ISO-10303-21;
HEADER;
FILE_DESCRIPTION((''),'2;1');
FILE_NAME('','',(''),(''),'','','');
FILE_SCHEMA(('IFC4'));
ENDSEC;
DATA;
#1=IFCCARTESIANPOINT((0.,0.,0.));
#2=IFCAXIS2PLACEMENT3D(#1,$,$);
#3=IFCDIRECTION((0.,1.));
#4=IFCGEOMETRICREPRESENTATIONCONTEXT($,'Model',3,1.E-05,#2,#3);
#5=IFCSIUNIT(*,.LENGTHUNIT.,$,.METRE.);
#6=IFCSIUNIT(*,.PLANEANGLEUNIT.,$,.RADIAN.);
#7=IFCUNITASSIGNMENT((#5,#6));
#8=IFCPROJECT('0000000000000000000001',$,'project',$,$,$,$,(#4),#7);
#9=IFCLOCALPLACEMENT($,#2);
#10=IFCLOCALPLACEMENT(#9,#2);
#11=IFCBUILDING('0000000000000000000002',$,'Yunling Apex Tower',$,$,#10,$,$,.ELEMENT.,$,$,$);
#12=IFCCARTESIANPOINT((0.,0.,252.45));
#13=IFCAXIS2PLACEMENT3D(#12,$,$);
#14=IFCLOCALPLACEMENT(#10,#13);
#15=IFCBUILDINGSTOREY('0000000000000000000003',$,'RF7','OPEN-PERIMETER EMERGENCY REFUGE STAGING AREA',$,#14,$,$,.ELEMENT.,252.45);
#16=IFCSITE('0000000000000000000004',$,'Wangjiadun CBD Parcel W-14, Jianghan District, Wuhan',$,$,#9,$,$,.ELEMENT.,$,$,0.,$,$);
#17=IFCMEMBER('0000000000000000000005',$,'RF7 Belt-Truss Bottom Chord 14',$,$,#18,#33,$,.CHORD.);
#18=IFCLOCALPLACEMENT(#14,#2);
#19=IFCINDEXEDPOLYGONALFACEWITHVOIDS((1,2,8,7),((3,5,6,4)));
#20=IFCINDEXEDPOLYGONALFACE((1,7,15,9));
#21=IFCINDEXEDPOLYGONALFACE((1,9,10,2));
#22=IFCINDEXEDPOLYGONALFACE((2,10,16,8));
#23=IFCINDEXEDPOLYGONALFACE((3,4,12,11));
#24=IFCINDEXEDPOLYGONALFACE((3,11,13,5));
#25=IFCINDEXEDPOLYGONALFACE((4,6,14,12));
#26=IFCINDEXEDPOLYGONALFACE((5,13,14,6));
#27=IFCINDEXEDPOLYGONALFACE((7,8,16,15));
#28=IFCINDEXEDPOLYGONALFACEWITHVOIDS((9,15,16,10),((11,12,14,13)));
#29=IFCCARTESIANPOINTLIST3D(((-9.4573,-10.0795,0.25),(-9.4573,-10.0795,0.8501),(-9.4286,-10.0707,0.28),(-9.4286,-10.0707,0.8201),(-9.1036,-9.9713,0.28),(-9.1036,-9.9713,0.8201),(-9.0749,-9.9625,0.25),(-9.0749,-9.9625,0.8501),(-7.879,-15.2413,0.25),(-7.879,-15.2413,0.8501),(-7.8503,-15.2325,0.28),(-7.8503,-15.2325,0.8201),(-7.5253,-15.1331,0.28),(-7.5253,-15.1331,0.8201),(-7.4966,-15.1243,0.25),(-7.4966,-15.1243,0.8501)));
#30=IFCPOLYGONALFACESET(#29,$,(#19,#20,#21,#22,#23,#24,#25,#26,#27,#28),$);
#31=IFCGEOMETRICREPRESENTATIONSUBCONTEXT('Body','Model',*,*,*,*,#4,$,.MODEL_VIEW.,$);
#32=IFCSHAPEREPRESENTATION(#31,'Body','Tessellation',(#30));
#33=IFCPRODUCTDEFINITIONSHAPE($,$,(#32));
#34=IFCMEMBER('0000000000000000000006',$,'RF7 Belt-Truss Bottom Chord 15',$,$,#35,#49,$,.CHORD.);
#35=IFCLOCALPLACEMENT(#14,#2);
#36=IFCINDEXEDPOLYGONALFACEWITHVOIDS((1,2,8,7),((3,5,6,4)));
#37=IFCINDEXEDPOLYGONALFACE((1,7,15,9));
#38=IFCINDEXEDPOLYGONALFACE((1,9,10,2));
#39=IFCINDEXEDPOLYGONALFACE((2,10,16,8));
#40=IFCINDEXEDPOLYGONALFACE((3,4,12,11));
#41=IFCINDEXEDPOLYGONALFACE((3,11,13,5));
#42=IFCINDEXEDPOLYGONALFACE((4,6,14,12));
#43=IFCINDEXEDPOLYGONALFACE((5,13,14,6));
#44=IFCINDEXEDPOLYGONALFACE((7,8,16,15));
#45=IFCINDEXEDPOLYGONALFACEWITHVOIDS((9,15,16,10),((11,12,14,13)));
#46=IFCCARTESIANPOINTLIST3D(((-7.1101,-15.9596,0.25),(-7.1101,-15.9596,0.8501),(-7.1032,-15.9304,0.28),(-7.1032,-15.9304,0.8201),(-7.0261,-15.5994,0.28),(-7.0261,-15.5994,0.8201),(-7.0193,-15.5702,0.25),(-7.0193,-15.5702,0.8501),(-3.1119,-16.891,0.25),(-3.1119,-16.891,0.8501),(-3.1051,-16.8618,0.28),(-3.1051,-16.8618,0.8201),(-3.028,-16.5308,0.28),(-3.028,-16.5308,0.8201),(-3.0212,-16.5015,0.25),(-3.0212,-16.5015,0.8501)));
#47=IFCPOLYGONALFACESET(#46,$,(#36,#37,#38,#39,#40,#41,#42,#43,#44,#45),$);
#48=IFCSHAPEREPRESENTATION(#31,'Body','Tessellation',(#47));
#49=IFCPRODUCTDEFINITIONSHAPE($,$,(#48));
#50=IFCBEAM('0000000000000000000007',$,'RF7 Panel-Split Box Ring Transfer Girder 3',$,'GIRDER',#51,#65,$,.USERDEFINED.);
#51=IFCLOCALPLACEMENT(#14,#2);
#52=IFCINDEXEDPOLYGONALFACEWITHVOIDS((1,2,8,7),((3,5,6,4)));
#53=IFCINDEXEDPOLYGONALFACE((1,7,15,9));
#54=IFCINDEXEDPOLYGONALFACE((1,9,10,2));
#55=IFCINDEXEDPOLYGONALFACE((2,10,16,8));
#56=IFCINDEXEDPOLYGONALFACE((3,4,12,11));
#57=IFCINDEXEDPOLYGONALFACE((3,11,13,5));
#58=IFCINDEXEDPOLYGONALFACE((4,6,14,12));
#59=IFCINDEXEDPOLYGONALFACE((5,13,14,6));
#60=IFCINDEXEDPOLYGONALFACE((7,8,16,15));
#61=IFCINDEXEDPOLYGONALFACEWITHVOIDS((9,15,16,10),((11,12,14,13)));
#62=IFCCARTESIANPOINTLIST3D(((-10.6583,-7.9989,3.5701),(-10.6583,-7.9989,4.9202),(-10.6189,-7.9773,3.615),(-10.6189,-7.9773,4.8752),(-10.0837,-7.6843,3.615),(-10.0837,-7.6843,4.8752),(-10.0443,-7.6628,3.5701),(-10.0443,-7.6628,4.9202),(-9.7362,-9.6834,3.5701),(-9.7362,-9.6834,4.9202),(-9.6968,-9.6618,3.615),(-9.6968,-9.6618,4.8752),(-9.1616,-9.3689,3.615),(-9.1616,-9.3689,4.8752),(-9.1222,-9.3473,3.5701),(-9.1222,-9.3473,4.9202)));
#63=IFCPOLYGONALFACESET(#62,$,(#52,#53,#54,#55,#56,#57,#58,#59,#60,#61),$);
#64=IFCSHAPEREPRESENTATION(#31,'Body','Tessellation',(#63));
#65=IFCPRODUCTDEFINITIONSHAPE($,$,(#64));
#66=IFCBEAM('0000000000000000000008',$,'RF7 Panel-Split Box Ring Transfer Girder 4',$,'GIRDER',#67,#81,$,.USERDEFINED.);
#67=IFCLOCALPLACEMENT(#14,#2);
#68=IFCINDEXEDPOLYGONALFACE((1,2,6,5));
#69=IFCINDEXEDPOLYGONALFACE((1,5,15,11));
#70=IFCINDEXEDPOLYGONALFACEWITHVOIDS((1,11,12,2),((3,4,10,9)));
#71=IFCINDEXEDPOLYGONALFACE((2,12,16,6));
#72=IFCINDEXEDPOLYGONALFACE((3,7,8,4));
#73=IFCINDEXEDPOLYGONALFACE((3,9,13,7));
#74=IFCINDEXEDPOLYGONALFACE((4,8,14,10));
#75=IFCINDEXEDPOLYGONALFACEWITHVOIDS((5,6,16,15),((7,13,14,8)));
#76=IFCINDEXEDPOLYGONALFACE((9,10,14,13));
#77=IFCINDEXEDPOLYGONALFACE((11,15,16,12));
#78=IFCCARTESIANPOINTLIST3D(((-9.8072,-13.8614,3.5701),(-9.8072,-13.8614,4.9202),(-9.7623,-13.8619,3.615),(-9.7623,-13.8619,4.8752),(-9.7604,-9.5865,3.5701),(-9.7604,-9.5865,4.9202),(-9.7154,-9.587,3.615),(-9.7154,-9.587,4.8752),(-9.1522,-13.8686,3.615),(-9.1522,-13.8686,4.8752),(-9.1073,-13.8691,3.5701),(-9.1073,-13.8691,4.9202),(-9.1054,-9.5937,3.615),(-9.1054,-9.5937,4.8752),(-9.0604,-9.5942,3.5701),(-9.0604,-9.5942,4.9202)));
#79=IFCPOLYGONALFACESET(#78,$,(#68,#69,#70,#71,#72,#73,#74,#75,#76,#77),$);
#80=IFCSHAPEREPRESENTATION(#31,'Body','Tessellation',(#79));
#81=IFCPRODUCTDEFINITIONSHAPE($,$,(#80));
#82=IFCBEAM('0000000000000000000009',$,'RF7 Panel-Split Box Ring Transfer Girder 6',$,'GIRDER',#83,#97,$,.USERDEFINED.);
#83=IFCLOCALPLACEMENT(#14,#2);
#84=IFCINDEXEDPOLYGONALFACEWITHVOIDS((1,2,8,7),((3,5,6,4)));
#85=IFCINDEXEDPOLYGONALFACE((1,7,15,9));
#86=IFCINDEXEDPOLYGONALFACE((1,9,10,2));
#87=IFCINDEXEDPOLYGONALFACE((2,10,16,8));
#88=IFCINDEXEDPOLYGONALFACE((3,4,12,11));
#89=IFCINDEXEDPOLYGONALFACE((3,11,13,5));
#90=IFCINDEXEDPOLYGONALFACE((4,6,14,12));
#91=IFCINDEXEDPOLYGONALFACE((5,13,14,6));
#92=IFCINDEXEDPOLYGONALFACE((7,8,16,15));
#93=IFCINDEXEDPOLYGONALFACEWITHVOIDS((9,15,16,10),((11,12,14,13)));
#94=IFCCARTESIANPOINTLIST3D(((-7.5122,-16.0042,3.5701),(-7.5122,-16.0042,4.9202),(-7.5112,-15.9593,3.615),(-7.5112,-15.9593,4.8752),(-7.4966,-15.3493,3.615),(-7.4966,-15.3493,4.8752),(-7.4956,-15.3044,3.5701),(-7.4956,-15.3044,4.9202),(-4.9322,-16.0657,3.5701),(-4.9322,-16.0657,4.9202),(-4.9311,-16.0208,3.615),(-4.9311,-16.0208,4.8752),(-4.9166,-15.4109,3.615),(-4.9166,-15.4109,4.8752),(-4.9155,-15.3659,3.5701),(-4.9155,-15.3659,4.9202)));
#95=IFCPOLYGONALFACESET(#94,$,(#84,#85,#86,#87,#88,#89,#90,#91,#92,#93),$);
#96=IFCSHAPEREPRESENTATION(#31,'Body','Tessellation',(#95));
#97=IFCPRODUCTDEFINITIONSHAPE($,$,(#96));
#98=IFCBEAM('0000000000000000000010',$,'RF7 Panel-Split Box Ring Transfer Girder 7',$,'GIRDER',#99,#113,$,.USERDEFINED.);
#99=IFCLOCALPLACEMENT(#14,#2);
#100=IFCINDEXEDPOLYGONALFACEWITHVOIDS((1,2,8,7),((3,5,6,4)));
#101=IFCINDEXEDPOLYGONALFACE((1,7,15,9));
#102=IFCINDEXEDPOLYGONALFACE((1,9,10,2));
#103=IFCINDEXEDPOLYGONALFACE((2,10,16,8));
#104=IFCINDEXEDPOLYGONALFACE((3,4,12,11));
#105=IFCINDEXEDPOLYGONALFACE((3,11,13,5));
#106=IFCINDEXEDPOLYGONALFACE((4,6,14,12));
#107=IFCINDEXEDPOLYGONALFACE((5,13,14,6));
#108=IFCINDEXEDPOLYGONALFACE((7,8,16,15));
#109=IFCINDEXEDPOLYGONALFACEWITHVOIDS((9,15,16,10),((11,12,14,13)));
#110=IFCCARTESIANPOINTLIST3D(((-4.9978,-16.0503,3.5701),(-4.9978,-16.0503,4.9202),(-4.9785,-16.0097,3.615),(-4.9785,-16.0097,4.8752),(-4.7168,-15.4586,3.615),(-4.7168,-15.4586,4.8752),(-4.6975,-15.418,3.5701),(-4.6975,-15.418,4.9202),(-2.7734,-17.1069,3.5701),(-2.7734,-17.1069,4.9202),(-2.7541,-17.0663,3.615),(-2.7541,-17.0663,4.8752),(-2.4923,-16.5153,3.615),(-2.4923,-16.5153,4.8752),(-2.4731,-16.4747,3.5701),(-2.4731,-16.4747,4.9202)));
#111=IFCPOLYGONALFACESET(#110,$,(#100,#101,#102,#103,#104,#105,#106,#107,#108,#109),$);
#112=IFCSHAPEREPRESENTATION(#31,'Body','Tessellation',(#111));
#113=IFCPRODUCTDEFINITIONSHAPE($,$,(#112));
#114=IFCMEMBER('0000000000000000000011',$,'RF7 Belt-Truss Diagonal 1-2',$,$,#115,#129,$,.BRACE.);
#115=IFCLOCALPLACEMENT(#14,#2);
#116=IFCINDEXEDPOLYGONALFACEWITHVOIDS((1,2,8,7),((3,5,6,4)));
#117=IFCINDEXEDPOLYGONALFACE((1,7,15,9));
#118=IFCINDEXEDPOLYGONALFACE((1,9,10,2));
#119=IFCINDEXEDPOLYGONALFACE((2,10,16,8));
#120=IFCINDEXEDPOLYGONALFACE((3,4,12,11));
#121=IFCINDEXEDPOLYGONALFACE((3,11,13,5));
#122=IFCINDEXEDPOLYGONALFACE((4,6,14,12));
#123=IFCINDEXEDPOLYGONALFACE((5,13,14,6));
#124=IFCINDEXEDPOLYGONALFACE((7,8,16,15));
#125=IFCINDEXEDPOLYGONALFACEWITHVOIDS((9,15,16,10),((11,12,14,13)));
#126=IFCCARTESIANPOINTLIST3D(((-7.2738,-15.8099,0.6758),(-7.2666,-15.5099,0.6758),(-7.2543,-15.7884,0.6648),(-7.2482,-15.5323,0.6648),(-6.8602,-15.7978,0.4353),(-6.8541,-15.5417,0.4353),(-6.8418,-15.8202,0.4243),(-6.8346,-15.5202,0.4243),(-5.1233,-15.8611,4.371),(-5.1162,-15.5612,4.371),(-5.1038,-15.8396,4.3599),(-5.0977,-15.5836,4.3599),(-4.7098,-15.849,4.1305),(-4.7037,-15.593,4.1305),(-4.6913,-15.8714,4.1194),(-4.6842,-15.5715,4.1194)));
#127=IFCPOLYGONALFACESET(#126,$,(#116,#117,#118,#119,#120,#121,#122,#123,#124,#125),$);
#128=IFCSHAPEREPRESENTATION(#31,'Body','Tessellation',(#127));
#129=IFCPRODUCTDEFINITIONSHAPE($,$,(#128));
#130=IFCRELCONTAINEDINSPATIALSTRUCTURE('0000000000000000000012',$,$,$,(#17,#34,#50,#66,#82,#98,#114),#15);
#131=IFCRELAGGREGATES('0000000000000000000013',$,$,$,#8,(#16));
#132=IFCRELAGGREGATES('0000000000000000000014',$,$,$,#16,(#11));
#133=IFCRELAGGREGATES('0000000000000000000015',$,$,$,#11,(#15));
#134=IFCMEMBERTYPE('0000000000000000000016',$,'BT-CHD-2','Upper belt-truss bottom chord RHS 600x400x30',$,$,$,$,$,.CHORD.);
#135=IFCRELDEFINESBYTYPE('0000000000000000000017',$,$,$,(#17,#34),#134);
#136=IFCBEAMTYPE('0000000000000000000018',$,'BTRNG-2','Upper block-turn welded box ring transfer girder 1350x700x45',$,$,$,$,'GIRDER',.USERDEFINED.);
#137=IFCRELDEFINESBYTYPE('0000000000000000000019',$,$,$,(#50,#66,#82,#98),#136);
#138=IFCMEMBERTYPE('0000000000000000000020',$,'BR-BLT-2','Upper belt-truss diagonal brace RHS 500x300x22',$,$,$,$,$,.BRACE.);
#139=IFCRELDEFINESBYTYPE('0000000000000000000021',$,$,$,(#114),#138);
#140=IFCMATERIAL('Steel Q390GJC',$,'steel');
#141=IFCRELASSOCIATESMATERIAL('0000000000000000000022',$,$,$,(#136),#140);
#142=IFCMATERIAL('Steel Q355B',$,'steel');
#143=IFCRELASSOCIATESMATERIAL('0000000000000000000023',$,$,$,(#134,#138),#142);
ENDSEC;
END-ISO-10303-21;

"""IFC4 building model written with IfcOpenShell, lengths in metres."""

from ifc_helpers import new_model, si_unit, direction, frame, origin, origin_2d, place, context, subcontext, project, spatial, hollow_rectangle, extrude, source, transform, mapped, material, material_profile, profile_set, type_object, element, save


model = new_model("IFC4")

# Units and contexts
model_context = context("Model", 3, precision=1e-05, world=origin(), true_north=direction((0.0, 1.0)))
body_context = subcontext(model_context, "Body", "Model", "MODEL_VIEW")
ifc_project = project(units=[si_unit("LENGTHUNIT", "METRE"), si_unit("PLANEANGLEUNIT", "RADIAN")], contexts=[model_context])

# Site, building, storey
site_placement = place(None, origin())
site = spatial("IfcSite", under=ifc_project, at=site_placement, Name="Wangjiadun CBD Parcel W-14, Jianghan District, Wuhan", CompositionType="ELEMENT", RefElevation=0.0)
building_placement = place(site_placement, origin())
building = spatial("IfcBuilding", under=site, at=building_placement, Name="Yunling Apex Tower", CompositionType="ELEMENT")
storey_placement = place(building_placement, frame((0.0, 0.0, 252.45)))
storey = spatial("IfcBuildingStorey", under=building, at=storey_placement, Name="RF7", Description="OPEN-PERIMETER EMERGENCY REFUGE STAGING AREA", CompositionType="ELEMENT", Elevation=252.45)

# Shared definitions
ifc_material_1 = material(Name="Steel Q390GJC", Category="steel")

# Shared definitions
ifc_material_profile_1 = material_profile(ifc_material_1, hollow_rectangle(XDim=0.7, YDim=1.3501, WallThickness=0.0449, at=origin_2d()))
ifc_profile_set_1 = profile_set([ifc_material_profile_1], Name="Steel Q390GJC")
beam_type = type_object("IfcBeamType", Name="BTRNG-2", Description="Upper block-turn welded box ring transfer girder 1350x700x45", ElementType="GIRDER", PredefinedType="USERDEFINED", material=ifc_profile_set_1)

# Members
ifc_material_2 = material(Name="Steel Q355B", Category="steel")
ifc_material_profile_2 = material_profile(ifc_material_2, hollow_rectangle(XDim=0.3999, YDim=0.6001, WallThickness=0.03, at=origin_2d()))
ifc_profile_set_2 = profile_set([ifc_material_profile_2], Name="Steel Q355B")
member_type_1 = type_object("IfcMemberType", Name="BT-CHD-2", Description="Upper belt-truss bottom chord RHS 600x400x30", PredefinedType="CHORD", material=ifc_profile_set_2)
shared_shape_1 = source(origin(), body_context, "Body", "SweptSolid", [
    extrude(hollow_rectangle(XDim=0.3999, YDim=0.6001, WallThickness=0.03, at=origin_2d()), origin(), (0.0, 0.0, 1.0), 5.3977),
])
member_1_placement = place(storey_placement, frame((-9.2661, -10.021, 0.55), z_axis=(0.29241, -0.956293, 0.0), x_axis=(0.956293, 0.29241, 0.0)))
element("IfcMember", 1, at=member_1_placement, inside=storey, type_object=member_type_1, Name="RF7 Belt-Truss Bottom Chord 14", PredefinedType="CHORD", context=body_context, shape_type="MappedRepresentation", body=[
    mapped(shared_shape_1, transform((0.0, 0.0, 0.0), scale=1.0)),
])
shared_shape_2 = source(origin(), body_context, "Body", "SweptSolid", [
    extrude(hollow_rectangle(XDim=0.3999, YDim=0.6001, WallThickness=0.03, at=origin_2d()), origin(), (0.0, 0.0, 1.0), 4.1052),
])
member_2_placement = place(storey_placement, frame((-7.0647, -15.7649, 0.55), z_axis=(0.973924, -0.226874, 0.0), x_axis=(0.226874, 0.973924, 0.0)))
element("IfcMember", 2, at=member_2_placement, inside=storey, type_object=member_type_1, Name="RF7 Belt-Truss Bottom Chord 15", PredefinedType="CHORD", context=body_context, shape_type="MappedRepresentation", body=[
    mapped(shared_shape_2, transform((0.0, 0.0, 0.0), scale=1.0)),
])

# Beams
shared_shape_3 = source(origin(), body_context, "Body", "SweptSolid", [
    extrude(hollow_rectangle(XDim=0.7, YDim=1.3501, WallThickness=0.0449, at=origin_2d()), origin(), (0.0, 0.0, 1.0), 1.9204),
])
beam_1_placement = place(storey_placement, frame((-10.3513, -7.8308, 4.2451), z_axis=(0.480161, -0.87718, 0.0), x_axis=(0.87718, 0.480161, 0.0)))
element("IfcBeam", 3, at=beam_1_placement, inside=storey, type_object=beam_type, Name="RF7 Panel-Split Box Ring Transfer Girder 3", ObjectType="GIRDER", PredefinedType="USERDEFINED", context=body_context, shape_type="MappedRepresentation", body=[
    mapped(shared_shape_3, transform((0.0, 0.0, 0.0), scale=1.0)),
])
shared_shape_4 = source(origin(), body_context, "Body", "SweptSolid", [
    extrude(hollow_rectangle(XDim=0.7, YDim=1.3501, WallThickness=0.0449, at=origin_2d()), origin(), (0.0, 0.0, 1.0), 4.2751),
])
beam_2_placement = place(storey_placement, frame((-9.4104, -9.5903, 4.2451), z_axis=(-0.010965, -0.99994, 0.0), x_axis=(0.99994, -0.010965, 0.0)))
element("IfcBeam", 4, at=beam_2_placement, inside=storey, type_object=beam_type, Name="RF7 Panel-Split Box Ring Transfer Girder 4", ObjectType="GIRDER", PredefinedType="USERDEFINED", context=body_context, shape_type="MappedRepresentation", body=[
    mapped(shared_shape_4, transform((0.0, 0.0, 0.0), scale=1.0)),
])
shared_shape_5 = source(origin(), body_context, "Body", "SweptSolid", [
    extrude(hollow_rectangle(XDim=0.7, YDim=1.3501, WallThickness=0.0449, at=origin_2d()), origin(), (0.0, 0.0, 1.0), 2.5808),
])
beam_3_placement = place(storey_placement, frame((-7.5039, -15.6543, 4.2451), z_axis=(0.999716, -0.023839, 0.0), x_axis=(0.023839, 0.999716, 0.0)))
element("IfcBeam", 5, at=beam_3_placement, inside=storey, type_object=beam_type, Name="RF7 Panel-Split Box Ring Transfer Girder 6", ObjectType="GIRDER", PredefinedType="USERDEFINED", context=body_context, shape_type="MappedRepresentation", body=[
    mapped(shared_shape_5, transform((0.0, 0.0, 0.0), scale=1.0)),
])
shared_shape_6 = source(origin(), body_context, "Body", "SweptSolid", [
    extrude(hollow_rectangle(XDim=0.7, YDim=1.3501, WallThickness=0.0449, at=origin_2d()), origin(), (0.0, 0.0, 1.0), 2.4626),
])
beam_4_placement = place(storey_placement, frame((-4.8477, -15.7341, 4.2451), z_axis=(0.903267, -0.429079, 0.0), x_axis=(0.429079, 0.903267, 0.0)))
element("IfcBeam", 6, at=beam_4_placement, inside=storey, type_object=beam_type, Name="RF7 Panel-Split Box Ring Transfer Girder 7", ObjectType="GIRDER", PredefinedType="USERDEFINED", context=body_context, shape_type="MappedRepresentation", body=[
    mapped(shared_shape_6, transform((0.0, 0.0, 0.0), scale=1.0)),
])

# Member
ifc_material_profile_3 = material_profile(ifc_material_2, hollow_rectangle(XDim=0.3, YDim=0.5, WallThickness=0.022, at=origin_2d()))
ifc_profile_set_3 = profile_set([ifc_material_profile_3], Name="Steel Q355B")
member_type_2 = type_object("IfcMemberType", Name="BR-BLT-2", Description="Upper belt-truss diagonal brace RHS 500x300x22", PredefinedType="BRACE", material=ifc_profile_set_3)
shared_shape_7 = source(origin(), body_context, "Body", "SweptSolid", [
    extrude(hollow_rectangle(XDim=0.3, YDim=0.5, WallThickness=0.022, at=origin_2d()), origin(), (0.0, 0.0, 1.0), 4.2756),
])
member_3_placement = place(storey_placement, frame((-7.0542, -15.665, 0.55), z_axis=(0.50295, -0.011991, 0.864232), x_axis=(0.023835, 0.999716, 0.0)))
element("IfcMember", 7, at=member_3_placement, inside=storey, type_object=member_type_2, Name="RF7 Belt-Truss Diagonal 1-2", PredefinedType="BRACE", context=body_context, shape_type="MappedRepresentation", body=[
    mapped(shared_shape_7, transform((0.0, 0.0, 0.0), scale=1.0)),
])

save(model, "model.ifc")
